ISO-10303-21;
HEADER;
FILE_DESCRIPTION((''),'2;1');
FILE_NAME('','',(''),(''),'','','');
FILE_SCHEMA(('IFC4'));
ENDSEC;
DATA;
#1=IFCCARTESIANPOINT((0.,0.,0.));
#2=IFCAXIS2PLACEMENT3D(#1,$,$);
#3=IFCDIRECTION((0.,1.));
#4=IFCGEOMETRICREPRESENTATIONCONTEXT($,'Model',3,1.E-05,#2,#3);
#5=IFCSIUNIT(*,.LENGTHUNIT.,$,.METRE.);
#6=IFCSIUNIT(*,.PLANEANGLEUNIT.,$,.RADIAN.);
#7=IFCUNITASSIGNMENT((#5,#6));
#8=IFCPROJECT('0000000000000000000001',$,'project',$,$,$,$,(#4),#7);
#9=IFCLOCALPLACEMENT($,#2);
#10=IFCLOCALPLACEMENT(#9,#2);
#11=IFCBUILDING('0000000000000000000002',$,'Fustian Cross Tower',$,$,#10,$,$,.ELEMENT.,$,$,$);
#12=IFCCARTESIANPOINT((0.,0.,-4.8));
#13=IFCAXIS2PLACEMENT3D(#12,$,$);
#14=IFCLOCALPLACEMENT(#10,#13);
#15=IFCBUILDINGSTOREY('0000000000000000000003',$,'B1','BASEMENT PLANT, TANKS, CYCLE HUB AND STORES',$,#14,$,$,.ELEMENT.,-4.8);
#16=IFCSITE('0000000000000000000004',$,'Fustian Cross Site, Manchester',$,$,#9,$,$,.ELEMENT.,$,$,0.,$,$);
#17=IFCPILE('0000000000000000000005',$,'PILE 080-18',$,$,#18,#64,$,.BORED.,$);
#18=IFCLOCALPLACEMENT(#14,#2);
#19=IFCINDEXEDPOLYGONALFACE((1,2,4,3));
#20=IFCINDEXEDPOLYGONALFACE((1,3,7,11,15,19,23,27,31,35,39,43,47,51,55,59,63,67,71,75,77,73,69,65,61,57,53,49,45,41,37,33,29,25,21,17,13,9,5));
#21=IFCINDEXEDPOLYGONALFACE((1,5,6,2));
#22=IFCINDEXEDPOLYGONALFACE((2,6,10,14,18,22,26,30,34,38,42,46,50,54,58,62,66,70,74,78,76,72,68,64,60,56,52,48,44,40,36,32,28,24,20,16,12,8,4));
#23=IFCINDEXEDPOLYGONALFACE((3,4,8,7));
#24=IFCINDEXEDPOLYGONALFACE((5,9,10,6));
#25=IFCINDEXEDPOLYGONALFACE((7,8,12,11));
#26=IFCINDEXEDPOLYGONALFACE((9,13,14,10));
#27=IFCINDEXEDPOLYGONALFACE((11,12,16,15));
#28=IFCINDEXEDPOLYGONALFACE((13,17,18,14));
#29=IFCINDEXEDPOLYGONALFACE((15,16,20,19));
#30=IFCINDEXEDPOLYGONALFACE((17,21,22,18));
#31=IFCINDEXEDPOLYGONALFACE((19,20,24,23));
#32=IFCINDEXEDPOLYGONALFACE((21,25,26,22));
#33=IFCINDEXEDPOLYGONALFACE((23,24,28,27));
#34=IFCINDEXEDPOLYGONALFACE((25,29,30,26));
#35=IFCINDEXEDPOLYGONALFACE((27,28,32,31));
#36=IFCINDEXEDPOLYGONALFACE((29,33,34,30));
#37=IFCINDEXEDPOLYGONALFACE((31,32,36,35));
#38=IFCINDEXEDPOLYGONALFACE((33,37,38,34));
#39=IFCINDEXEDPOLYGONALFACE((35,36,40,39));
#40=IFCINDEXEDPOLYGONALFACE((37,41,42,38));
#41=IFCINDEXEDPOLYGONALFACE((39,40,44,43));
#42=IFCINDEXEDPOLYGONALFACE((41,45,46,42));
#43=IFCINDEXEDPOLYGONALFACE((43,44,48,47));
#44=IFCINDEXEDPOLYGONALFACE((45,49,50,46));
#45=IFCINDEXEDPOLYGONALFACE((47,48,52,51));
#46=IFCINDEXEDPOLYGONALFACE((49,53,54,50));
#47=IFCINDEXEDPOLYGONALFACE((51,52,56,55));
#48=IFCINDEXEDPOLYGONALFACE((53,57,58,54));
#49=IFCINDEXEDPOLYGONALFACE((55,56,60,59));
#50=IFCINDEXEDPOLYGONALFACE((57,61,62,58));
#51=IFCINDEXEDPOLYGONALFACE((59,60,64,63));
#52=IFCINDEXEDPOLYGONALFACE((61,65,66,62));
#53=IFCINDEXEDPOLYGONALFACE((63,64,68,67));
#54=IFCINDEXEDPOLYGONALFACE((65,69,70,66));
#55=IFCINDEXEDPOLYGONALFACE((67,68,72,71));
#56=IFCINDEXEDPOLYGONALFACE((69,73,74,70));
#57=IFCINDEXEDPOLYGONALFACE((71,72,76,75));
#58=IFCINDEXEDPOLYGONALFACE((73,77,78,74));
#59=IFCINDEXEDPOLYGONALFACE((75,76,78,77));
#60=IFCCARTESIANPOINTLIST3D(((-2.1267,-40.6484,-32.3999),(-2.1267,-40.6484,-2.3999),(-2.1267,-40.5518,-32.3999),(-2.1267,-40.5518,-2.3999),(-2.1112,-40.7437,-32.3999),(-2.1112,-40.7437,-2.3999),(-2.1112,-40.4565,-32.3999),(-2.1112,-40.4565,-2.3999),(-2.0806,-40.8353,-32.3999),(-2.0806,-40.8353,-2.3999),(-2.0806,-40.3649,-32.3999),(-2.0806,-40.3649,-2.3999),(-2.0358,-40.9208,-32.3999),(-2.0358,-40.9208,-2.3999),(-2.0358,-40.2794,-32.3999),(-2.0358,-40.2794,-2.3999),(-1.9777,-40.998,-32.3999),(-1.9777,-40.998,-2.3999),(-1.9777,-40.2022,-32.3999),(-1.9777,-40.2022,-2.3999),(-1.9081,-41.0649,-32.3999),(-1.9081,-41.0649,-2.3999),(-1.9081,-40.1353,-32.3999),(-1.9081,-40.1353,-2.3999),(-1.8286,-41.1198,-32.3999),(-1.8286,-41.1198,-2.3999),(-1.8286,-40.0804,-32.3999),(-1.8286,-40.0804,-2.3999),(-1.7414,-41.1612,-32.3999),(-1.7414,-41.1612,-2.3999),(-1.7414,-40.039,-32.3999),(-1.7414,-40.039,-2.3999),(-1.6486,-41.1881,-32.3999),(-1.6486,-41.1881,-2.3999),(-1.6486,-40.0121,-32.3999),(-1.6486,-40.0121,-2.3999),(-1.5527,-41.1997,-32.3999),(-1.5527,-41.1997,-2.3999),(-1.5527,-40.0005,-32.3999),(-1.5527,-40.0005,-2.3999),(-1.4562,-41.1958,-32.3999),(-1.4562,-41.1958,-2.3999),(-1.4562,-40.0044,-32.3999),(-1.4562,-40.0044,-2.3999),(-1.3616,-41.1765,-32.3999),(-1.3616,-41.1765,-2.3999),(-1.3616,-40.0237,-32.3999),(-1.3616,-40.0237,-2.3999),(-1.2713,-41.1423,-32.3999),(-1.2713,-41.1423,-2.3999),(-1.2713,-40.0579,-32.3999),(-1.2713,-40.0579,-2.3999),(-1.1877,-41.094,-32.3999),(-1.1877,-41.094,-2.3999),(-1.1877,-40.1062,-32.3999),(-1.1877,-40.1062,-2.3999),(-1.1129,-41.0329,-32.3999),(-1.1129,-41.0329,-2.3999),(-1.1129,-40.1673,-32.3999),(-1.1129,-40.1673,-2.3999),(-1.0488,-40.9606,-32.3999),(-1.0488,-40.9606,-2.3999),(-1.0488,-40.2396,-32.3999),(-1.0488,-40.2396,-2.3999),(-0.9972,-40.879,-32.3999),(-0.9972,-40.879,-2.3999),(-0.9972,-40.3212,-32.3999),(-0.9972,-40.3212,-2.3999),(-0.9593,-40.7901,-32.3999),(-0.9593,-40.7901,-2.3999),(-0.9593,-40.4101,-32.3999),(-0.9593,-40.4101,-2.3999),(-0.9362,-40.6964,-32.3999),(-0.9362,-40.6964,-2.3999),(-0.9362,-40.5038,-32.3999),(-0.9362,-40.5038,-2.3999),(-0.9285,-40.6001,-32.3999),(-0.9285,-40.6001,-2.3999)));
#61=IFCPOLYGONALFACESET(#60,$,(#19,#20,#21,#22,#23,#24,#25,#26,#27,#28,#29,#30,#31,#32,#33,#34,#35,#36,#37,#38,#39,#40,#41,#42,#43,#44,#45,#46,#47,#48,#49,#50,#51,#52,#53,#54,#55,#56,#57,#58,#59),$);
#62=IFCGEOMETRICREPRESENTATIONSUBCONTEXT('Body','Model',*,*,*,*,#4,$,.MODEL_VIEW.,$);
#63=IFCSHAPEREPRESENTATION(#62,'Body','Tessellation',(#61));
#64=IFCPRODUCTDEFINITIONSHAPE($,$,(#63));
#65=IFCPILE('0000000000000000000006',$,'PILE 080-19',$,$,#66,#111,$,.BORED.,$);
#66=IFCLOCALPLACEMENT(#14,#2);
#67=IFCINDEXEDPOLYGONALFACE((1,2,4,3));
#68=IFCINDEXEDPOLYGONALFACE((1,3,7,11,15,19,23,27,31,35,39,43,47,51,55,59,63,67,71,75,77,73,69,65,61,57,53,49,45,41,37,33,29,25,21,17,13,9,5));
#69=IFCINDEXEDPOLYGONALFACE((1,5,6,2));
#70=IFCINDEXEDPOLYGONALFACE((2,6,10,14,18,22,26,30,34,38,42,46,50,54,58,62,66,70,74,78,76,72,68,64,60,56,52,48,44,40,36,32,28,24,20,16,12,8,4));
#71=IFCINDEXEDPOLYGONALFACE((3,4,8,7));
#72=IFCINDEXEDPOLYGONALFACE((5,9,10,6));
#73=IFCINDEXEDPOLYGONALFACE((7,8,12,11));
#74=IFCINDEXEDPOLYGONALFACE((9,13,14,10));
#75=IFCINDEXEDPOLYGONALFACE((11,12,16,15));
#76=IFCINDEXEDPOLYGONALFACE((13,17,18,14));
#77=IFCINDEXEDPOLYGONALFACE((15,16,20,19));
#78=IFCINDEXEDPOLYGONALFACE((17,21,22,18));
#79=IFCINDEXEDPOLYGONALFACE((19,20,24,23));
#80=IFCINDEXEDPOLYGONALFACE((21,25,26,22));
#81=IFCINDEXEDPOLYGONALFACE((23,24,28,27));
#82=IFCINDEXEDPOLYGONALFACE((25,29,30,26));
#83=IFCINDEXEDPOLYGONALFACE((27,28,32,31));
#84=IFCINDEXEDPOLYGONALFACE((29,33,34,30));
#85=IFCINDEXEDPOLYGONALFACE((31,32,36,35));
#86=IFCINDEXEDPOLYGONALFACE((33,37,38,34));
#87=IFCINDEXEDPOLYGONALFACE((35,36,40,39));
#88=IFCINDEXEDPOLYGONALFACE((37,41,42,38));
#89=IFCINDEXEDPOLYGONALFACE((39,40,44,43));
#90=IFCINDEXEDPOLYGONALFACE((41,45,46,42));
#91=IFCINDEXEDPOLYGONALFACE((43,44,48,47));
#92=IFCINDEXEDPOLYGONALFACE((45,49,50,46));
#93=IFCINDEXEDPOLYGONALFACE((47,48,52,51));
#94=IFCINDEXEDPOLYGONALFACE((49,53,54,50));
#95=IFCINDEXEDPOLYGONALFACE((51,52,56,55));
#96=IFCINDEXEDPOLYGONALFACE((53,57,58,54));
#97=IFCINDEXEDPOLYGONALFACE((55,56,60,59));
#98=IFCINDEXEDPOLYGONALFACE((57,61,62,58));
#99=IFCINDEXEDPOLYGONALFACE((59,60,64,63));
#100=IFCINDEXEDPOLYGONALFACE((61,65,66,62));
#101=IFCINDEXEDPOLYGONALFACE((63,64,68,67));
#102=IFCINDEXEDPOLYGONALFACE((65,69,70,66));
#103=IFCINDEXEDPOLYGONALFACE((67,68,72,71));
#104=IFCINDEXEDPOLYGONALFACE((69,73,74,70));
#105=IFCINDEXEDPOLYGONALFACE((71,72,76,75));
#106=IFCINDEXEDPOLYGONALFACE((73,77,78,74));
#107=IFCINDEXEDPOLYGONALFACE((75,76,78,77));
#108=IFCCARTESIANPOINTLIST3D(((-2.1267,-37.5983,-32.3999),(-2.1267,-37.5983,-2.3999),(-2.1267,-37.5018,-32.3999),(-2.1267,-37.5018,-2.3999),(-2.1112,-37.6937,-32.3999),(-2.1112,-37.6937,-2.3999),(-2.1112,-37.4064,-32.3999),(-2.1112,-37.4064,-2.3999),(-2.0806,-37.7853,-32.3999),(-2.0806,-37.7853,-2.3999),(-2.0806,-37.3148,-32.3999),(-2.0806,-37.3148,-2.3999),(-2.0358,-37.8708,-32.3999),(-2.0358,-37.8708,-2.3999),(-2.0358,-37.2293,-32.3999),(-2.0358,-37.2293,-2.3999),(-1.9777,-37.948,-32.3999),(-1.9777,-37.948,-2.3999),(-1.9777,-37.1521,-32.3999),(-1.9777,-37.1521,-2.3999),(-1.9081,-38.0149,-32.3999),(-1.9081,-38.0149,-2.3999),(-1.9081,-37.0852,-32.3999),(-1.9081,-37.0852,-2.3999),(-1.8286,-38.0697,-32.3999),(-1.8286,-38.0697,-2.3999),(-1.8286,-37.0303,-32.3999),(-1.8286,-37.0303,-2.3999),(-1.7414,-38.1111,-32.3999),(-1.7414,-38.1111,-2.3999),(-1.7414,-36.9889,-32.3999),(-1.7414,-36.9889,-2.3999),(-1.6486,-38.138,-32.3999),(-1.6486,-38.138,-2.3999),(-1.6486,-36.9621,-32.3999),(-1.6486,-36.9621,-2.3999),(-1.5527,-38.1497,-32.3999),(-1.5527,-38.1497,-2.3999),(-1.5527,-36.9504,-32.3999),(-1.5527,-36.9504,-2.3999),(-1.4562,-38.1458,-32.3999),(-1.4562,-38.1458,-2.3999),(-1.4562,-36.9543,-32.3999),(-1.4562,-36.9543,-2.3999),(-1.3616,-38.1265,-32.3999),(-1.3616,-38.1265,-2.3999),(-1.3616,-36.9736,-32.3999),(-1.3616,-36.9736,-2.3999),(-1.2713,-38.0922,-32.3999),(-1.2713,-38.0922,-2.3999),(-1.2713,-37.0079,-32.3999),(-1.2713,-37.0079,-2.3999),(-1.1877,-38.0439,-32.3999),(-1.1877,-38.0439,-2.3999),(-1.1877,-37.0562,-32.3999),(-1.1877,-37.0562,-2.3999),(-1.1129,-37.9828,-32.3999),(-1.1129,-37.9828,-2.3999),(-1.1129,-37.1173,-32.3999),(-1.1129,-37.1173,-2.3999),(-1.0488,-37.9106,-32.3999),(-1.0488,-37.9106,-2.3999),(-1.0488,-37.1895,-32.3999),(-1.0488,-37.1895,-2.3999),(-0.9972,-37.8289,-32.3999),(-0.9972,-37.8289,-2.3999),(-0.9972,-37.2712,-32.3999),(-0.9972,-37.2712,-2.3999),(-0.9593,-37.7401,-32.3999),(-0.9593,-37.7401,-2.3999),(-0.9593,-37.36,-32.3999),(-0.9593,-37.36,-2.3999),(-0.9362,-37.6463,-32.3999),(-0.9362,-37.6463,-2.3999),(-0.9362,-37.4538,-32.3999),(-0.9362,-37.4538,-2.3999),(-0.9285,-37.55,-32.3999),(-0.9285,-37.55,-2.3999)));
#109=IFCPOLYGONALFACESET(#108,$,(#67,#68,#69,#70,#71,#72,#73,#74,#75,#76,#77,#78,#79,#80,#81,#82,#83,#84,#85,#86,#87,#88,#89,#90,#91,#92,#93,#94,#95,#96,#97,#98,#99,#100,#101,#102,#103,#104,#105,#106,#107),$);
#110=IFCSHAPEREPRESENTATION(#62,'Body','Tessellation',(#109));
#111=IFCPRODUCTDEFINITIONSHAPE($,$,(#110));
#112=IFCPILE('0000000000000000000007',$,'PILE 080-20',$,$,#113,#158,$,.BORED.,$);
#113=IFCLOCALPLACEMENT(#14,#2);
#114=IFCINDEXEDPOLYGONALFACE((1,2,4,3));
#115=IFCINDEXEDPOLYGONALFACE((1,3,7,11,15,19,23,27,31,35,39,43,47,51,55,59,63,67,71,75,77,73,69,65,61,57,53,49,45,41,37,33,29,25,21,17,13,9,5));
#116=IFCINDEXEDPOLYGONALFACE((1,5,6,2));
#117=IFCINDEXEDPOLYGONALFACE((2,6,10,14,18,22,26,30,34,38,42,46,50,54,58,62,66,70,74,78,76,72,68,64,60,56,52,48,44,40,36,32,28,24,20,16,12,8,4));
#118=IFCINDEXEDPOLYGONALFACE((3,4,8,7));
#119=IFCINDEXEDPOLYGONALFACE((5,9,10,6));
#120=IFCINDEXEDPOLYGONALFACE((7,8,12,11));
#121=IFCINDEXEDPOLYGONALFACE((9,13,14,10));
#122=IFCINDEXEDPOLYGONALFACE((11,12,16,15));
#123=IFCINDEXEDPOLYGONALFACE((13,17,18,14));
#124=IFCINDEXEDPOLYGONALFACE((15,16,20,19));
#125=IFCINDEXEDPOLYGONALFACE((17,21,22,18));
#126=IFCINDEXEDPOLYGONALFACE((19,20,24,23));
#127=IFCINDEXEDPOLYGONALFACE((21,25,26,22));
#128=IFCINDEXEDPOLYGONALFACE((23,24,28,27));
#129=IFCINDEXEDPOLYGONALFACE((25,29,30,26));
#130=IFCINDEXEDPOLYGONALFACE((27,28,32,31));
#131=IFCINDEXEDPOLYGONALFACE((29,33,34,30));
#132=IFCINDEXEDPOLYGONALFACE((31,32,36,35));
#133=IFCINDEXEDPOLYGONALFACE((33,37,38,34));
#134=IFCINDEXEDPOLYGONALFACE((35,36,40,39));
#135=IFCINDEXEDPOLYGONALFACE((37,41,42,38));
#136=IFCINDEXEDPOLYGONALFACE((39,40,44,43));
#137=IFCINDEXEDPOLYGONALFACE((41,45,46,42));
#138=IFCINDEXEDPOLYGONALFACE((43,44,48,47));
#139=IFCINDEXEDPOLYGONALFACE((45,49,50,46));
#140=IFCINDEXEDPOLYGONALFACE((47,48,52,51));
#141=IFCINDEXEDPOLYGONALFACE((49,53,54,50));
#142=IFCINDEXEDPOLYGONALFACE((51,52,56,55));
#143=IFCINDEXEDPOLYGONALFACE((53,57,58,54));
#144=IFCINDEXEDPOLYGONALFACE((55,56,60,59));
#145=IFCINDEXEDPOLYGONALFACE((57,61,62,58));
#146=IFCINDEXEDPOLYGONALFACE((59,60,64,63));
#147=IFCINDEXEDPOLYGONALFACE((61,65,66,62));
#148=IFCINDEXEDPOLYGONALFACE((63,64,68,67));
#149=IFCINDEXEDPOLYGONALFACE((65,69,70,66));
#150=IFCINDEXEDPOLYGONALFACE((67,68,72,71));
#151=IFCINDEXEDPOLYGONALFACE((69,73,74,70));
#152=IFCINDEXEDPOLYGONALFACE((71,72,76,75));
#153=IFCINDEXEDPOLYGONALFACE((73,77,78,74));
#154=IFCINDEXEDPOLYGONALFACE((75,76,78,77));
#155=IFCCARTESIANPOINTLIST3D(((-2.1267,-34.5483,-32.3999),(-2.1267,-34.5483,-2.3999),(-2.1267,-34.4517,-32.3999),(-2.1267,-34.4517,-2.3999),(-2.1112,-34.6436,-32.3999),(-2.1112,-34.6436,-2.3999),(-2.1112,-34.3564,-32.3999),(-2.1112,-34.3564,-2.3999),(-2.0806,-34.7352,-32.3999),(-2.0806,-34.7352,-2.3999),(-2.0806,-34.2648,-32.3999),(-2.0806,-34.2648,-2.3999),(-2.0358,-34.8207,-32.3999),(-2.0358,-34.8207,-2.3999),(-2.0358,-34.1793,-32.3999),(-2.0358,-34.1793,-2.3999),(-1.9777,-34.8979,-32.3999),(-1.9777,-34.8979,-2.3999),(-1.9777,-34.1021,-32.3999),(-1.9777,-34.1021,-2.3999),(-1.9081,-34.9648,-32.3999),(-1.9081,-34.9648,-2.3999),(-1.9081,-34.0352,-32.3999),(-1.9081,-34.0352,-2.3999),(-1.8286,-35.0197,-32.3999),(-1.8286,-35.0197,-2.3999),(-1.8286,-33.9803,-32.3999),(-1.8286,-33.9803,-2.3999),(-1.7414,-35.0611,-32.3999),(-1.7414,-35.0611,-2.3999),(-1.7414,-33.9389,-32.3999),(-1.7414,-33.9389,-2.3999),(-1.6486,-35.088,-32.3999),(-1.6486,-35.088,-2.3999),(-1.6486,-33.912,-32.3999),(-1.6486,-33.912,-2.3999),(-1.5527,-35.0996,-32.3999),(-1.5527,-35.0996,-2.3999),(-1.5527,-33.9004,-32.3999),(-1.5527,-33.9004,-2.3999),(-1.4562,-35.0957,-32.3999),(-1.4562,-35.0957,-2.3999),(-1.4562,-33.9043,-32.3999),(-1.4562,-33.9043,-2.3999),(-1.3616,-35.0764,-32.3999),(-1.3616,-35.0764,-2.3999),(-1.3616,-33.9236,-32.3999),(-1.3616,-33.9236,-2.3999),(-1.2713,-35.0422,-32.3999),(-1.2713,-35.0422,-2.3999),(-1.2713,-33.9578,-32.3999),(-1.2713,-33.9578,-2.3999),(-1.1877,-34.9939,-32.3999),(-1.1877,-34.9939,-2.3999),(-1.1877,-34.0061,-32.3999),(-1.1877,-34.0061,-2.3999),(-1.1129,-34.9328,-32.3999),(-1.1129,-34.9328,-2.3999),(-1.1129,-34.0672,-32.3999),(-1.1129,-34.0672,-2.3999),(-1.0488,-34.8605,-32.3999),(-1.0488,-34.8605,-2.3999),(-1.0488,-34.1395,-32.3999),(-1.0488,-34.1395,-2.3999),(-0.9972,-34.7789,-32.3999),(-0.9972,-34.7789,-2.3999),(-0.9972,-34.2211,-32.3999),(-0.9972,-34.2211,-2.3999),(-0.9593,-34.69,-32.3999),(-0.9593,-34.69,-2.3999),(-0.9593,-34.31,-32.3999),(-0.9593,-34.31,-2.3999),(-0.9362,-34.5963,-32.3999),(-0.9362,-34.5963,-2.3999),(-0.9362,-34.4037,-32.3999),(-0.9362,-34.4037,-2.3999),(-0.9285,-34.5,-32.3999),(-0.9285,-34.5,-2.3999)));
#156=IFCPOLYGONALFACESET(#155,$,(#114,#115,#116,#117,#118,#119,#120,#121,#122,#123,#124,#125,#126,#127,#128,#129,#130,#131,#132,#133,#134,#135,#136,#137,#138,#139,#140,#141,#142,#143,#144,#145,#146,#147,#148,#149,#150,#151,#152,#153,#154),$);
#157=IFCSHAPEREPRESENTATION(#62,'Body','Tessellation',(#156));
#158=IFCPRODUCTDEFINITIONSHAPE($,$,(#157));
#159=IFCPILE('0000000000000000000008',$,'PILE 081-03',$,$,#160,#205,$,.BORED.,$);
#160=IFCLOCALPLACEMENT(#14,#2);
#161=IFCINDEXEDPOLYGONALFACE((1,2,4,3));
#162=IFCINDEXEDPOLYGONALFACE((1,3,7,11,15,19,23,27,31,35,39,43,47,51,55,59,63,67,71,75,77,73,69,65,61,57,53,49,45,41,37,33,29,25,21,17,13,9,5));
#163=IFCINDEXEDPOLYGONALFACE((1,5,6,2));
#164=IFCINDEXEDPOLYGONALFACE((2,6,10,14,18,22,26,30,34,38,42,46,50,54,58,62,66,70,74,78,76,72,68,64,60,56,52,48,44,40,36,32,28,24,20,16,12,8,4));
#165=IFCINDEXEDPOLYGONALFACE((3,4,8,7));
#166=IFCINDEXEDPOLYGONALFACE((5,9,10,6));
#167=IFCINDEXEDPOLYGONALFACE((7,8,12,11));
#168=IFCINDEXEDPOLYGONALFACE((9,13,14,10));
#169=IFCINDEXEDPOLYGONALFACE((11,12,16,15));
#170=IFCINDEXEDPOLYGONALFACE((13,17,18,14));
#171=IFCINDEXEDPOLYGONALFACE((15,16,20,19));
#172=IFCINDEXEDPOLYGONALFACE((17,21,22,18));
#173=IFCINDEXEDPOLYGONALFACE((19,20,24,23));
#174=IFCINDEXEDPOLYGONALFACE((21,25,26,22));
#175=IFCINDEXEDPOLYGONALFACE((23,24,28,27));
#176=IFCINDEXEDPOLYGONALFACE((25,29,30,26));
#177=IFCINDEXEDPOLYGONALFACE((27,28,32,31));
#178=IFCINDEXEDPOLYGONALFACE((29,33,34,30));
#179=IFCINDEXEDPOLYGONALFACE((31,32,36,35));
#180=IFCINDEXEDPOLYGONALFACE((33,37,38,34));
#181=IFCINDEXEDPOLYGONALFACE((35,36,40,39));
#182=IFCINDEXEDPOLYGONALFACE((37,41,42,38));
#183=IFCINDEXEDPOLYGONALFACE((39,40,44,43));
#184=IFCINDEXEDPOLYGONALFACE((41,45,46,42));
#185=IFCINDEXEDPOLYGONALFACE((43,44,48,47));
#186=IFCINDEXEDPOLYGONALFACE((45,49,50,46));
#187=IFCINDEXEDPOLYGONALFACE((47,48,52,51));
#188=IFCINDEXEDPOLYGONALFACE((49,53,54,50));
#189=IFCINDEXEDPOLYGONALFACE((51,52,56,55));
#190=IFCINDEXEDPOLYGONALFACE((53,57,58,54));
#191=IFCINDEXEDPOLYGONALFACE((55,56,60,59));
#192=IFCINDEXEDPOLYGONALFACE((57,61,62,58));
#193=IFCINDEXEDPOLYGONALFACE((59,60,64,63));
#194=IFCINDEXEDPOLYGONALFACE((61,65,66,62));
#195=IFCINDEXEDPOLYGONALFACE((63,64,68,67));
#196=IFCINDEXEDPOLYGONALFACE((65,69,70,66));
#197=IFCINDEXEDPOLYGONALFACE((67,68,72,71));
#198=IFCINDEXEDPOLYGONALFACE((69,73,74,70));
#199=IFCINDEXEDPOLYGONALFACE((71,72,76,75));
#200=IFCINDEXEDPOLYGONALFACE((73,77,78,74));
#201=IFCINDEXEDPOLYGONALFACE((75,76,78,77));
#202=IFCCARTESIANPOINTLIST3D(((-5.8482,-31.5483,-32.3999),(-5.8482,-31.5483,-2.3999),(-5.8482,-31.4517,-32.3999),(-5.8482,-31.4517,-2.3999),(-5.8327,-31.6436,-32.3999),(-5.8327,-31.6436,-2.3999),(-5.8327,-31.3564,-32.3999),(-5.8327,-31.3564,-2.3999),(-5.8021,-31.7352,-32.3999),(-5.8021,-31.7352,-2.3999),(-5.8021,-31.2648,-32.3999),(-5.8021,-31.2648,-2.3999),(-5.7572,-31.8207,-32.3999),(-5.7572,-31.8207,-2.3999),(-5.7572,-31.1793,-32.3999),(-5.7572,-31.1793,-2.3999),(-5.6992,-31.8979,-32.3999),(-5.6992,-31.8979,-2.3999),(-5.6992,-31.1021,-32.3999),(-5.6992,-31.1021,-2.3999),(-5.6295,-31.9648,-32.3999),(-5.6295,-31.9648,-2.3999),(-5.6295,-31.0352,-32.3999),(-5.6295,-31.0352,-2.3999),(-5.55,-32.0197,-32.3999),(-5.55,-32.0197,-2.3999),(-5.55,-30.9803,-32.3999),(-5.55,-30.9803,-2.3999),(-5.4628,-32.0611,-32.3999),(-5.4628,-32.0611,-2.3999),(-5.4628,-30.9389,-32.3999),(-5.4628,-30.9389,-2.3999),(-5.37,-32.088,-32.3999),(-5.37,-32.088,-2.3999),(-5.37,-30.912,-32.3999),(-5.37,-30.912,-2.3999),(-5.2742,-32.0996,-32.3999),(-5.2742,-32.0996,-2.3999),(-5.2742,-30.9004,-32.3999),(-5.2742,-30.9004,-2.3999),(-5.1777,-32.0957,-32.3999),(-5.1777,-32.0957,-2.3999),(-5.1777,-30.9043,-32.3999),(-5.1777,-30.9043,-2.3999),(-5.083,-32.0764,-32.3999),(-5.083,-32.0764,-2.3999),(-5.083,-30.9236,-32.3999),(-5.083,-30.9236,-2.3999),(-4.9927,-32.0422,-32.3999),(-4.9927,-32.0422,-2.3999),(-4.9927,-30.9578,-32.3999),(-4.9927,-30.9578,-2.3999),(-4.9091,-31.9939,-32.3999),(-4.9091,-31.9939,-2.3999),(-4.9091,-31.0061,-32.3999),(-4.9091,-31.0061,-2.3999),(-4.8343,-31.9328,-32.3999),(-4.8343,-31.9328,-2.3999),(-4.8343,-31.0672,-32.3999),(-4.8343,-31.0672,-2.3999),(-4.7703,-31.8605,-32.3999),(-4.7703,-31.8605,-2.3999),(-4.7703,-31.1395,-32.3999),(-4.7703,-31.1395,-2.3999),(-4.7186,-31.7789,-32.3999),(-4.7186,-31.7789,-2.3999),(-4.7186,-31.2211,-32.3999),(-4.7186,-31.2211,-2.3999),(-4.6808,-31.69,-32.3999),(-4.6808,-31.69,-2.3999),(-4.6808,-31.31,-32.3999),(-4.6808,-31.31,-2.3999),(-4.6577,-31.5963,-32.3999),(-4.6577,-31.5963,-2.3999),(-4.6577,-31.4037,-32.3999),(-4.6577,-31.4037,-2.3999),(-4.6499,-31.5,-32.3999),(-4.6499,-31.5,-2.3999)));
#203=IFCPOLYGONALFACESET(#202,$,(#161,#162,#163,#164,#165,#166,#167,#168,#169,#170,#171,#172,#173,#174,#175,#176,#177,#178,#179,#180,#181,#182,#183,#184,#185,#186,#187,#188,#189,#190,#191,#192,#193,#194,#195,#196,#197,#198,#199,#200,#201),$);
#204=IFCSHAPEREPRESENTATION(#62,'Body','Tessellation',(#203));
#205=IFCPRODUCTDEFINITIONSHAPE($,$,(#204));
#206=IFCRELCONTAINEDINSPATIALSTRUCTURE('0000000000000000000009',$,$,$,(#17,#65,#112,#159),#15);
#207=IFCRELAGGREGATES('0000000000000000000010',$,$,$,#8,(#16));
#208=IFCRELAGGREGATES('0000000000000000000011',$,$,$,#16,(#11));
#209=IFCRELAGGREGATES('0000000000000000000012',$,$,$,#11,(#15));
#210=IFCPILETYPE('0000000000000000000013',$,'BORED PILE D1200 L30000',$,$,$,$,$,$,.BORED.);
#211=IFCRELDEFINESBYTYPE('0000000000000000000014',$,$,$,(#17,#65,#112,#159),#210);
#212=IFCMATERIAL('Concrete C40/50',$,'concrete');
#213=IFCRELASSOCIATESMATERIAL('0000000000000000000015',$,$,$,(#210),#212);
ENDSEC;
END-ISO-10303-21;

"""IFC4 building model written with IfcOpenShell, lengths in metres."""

from ifc_helpers import new_model, si_unit, direction, frame, origin, origin_2d, place, context, subcontext, project, spatial, circle, extrude, material, material_profile, profile_set, type_object, element, save


model = new_model("IFC4")

# Units and contexts
model_context = context("Model", 3, precision=1e-05, world=origin(), true_north=direction((0.0, 1.0)))
body_context = subcontext(model_context, "Body", "Model", "MODEL_VIEW")
ifc_project = project(units=[si_unit("LENGTHUNIT", "METRE"), si_unit("PLANEANGLEUNIT", "RADIAN")], contexts=[model_context])

# Site, building, storey
site_placement = place(None, origin())
site = spatial("IfcSite", under=ifc_project, at=site_placement, Name="Fustian Cross Site, Manchester", CompositionType="ELEMENT", RefElevation=0.0)
building_placement = place(site_placement, origin())
building = spatial("IfcBuilding", under=site, at=building_placement, Name="Fustian Cross Tower", CompositionType="ELEMENT")
storey_placement = place(building_placement, frame((0.0, 0.0, -4.8)))
storey = spatial("IfcBuildingStorey", under=building, at=storey_placement, Name="B1", Description="BASEMENT PLANT, TANKS, CYCLE HUB AND STORES", CompositionType="ELEMENT", Elevation=-4.8)

# Piles
ifc_material_1 = material(Name="Concrete C40/50", Category="concrete")
ifc_material_profile_1 = material_profile(ifc_material_1, circle(Radius=0.6001, at=origin_2d()), Name="BORED PILE D1200 L30000")
ifc_profile_set_1 = profile_set([ifc_material_profile_1], Name="Concrete C40/50")
pile_type = type_object("IfcPileType", Name="BORED PILE D1200 L30000", PredefinedType="BORED", material=ifc_profile_set_1)
for number, where, z_axis, x_axis, name in (
    (1, (-1.5286, -40.6001, -2.3999), (0.0, 0.0, -1.0), (1.0, 0.0, 0.0), "PILE 080-18"),
    (2, (-1.5286, -37.55, -2.3999), (0.0, 0.0, -1.0), (1.0, 0.0, 0.0), "PILE 080-19"),
    (3, (-1.5286, -34.5, -2.3999), (0.0, 0.0, -1.0), (1.0, 0.0, 0.0), "PILE 080-20"),
    (4, (-5.25, -31.5, -2.3999), (0.0, 0.0, -1.0), (1.0, 0.0, 0.0), "PILE 081-03"),
):
    element("IfcPile", number, at=place(storey_placement, frame(where, z_axis=z_axis, x_axis=x_axis)), inside=storey, type_object=pile_type, Name=name, PredefinedType="BORED", context=body_context, shape_type="SweptSolid", body=[
        extrude(circle(Radius=0.6001, at=origin_2d()), origin(), (0.0, 0.0, 1.0), 30.0),
    ])

save(model, "model.ifc")
